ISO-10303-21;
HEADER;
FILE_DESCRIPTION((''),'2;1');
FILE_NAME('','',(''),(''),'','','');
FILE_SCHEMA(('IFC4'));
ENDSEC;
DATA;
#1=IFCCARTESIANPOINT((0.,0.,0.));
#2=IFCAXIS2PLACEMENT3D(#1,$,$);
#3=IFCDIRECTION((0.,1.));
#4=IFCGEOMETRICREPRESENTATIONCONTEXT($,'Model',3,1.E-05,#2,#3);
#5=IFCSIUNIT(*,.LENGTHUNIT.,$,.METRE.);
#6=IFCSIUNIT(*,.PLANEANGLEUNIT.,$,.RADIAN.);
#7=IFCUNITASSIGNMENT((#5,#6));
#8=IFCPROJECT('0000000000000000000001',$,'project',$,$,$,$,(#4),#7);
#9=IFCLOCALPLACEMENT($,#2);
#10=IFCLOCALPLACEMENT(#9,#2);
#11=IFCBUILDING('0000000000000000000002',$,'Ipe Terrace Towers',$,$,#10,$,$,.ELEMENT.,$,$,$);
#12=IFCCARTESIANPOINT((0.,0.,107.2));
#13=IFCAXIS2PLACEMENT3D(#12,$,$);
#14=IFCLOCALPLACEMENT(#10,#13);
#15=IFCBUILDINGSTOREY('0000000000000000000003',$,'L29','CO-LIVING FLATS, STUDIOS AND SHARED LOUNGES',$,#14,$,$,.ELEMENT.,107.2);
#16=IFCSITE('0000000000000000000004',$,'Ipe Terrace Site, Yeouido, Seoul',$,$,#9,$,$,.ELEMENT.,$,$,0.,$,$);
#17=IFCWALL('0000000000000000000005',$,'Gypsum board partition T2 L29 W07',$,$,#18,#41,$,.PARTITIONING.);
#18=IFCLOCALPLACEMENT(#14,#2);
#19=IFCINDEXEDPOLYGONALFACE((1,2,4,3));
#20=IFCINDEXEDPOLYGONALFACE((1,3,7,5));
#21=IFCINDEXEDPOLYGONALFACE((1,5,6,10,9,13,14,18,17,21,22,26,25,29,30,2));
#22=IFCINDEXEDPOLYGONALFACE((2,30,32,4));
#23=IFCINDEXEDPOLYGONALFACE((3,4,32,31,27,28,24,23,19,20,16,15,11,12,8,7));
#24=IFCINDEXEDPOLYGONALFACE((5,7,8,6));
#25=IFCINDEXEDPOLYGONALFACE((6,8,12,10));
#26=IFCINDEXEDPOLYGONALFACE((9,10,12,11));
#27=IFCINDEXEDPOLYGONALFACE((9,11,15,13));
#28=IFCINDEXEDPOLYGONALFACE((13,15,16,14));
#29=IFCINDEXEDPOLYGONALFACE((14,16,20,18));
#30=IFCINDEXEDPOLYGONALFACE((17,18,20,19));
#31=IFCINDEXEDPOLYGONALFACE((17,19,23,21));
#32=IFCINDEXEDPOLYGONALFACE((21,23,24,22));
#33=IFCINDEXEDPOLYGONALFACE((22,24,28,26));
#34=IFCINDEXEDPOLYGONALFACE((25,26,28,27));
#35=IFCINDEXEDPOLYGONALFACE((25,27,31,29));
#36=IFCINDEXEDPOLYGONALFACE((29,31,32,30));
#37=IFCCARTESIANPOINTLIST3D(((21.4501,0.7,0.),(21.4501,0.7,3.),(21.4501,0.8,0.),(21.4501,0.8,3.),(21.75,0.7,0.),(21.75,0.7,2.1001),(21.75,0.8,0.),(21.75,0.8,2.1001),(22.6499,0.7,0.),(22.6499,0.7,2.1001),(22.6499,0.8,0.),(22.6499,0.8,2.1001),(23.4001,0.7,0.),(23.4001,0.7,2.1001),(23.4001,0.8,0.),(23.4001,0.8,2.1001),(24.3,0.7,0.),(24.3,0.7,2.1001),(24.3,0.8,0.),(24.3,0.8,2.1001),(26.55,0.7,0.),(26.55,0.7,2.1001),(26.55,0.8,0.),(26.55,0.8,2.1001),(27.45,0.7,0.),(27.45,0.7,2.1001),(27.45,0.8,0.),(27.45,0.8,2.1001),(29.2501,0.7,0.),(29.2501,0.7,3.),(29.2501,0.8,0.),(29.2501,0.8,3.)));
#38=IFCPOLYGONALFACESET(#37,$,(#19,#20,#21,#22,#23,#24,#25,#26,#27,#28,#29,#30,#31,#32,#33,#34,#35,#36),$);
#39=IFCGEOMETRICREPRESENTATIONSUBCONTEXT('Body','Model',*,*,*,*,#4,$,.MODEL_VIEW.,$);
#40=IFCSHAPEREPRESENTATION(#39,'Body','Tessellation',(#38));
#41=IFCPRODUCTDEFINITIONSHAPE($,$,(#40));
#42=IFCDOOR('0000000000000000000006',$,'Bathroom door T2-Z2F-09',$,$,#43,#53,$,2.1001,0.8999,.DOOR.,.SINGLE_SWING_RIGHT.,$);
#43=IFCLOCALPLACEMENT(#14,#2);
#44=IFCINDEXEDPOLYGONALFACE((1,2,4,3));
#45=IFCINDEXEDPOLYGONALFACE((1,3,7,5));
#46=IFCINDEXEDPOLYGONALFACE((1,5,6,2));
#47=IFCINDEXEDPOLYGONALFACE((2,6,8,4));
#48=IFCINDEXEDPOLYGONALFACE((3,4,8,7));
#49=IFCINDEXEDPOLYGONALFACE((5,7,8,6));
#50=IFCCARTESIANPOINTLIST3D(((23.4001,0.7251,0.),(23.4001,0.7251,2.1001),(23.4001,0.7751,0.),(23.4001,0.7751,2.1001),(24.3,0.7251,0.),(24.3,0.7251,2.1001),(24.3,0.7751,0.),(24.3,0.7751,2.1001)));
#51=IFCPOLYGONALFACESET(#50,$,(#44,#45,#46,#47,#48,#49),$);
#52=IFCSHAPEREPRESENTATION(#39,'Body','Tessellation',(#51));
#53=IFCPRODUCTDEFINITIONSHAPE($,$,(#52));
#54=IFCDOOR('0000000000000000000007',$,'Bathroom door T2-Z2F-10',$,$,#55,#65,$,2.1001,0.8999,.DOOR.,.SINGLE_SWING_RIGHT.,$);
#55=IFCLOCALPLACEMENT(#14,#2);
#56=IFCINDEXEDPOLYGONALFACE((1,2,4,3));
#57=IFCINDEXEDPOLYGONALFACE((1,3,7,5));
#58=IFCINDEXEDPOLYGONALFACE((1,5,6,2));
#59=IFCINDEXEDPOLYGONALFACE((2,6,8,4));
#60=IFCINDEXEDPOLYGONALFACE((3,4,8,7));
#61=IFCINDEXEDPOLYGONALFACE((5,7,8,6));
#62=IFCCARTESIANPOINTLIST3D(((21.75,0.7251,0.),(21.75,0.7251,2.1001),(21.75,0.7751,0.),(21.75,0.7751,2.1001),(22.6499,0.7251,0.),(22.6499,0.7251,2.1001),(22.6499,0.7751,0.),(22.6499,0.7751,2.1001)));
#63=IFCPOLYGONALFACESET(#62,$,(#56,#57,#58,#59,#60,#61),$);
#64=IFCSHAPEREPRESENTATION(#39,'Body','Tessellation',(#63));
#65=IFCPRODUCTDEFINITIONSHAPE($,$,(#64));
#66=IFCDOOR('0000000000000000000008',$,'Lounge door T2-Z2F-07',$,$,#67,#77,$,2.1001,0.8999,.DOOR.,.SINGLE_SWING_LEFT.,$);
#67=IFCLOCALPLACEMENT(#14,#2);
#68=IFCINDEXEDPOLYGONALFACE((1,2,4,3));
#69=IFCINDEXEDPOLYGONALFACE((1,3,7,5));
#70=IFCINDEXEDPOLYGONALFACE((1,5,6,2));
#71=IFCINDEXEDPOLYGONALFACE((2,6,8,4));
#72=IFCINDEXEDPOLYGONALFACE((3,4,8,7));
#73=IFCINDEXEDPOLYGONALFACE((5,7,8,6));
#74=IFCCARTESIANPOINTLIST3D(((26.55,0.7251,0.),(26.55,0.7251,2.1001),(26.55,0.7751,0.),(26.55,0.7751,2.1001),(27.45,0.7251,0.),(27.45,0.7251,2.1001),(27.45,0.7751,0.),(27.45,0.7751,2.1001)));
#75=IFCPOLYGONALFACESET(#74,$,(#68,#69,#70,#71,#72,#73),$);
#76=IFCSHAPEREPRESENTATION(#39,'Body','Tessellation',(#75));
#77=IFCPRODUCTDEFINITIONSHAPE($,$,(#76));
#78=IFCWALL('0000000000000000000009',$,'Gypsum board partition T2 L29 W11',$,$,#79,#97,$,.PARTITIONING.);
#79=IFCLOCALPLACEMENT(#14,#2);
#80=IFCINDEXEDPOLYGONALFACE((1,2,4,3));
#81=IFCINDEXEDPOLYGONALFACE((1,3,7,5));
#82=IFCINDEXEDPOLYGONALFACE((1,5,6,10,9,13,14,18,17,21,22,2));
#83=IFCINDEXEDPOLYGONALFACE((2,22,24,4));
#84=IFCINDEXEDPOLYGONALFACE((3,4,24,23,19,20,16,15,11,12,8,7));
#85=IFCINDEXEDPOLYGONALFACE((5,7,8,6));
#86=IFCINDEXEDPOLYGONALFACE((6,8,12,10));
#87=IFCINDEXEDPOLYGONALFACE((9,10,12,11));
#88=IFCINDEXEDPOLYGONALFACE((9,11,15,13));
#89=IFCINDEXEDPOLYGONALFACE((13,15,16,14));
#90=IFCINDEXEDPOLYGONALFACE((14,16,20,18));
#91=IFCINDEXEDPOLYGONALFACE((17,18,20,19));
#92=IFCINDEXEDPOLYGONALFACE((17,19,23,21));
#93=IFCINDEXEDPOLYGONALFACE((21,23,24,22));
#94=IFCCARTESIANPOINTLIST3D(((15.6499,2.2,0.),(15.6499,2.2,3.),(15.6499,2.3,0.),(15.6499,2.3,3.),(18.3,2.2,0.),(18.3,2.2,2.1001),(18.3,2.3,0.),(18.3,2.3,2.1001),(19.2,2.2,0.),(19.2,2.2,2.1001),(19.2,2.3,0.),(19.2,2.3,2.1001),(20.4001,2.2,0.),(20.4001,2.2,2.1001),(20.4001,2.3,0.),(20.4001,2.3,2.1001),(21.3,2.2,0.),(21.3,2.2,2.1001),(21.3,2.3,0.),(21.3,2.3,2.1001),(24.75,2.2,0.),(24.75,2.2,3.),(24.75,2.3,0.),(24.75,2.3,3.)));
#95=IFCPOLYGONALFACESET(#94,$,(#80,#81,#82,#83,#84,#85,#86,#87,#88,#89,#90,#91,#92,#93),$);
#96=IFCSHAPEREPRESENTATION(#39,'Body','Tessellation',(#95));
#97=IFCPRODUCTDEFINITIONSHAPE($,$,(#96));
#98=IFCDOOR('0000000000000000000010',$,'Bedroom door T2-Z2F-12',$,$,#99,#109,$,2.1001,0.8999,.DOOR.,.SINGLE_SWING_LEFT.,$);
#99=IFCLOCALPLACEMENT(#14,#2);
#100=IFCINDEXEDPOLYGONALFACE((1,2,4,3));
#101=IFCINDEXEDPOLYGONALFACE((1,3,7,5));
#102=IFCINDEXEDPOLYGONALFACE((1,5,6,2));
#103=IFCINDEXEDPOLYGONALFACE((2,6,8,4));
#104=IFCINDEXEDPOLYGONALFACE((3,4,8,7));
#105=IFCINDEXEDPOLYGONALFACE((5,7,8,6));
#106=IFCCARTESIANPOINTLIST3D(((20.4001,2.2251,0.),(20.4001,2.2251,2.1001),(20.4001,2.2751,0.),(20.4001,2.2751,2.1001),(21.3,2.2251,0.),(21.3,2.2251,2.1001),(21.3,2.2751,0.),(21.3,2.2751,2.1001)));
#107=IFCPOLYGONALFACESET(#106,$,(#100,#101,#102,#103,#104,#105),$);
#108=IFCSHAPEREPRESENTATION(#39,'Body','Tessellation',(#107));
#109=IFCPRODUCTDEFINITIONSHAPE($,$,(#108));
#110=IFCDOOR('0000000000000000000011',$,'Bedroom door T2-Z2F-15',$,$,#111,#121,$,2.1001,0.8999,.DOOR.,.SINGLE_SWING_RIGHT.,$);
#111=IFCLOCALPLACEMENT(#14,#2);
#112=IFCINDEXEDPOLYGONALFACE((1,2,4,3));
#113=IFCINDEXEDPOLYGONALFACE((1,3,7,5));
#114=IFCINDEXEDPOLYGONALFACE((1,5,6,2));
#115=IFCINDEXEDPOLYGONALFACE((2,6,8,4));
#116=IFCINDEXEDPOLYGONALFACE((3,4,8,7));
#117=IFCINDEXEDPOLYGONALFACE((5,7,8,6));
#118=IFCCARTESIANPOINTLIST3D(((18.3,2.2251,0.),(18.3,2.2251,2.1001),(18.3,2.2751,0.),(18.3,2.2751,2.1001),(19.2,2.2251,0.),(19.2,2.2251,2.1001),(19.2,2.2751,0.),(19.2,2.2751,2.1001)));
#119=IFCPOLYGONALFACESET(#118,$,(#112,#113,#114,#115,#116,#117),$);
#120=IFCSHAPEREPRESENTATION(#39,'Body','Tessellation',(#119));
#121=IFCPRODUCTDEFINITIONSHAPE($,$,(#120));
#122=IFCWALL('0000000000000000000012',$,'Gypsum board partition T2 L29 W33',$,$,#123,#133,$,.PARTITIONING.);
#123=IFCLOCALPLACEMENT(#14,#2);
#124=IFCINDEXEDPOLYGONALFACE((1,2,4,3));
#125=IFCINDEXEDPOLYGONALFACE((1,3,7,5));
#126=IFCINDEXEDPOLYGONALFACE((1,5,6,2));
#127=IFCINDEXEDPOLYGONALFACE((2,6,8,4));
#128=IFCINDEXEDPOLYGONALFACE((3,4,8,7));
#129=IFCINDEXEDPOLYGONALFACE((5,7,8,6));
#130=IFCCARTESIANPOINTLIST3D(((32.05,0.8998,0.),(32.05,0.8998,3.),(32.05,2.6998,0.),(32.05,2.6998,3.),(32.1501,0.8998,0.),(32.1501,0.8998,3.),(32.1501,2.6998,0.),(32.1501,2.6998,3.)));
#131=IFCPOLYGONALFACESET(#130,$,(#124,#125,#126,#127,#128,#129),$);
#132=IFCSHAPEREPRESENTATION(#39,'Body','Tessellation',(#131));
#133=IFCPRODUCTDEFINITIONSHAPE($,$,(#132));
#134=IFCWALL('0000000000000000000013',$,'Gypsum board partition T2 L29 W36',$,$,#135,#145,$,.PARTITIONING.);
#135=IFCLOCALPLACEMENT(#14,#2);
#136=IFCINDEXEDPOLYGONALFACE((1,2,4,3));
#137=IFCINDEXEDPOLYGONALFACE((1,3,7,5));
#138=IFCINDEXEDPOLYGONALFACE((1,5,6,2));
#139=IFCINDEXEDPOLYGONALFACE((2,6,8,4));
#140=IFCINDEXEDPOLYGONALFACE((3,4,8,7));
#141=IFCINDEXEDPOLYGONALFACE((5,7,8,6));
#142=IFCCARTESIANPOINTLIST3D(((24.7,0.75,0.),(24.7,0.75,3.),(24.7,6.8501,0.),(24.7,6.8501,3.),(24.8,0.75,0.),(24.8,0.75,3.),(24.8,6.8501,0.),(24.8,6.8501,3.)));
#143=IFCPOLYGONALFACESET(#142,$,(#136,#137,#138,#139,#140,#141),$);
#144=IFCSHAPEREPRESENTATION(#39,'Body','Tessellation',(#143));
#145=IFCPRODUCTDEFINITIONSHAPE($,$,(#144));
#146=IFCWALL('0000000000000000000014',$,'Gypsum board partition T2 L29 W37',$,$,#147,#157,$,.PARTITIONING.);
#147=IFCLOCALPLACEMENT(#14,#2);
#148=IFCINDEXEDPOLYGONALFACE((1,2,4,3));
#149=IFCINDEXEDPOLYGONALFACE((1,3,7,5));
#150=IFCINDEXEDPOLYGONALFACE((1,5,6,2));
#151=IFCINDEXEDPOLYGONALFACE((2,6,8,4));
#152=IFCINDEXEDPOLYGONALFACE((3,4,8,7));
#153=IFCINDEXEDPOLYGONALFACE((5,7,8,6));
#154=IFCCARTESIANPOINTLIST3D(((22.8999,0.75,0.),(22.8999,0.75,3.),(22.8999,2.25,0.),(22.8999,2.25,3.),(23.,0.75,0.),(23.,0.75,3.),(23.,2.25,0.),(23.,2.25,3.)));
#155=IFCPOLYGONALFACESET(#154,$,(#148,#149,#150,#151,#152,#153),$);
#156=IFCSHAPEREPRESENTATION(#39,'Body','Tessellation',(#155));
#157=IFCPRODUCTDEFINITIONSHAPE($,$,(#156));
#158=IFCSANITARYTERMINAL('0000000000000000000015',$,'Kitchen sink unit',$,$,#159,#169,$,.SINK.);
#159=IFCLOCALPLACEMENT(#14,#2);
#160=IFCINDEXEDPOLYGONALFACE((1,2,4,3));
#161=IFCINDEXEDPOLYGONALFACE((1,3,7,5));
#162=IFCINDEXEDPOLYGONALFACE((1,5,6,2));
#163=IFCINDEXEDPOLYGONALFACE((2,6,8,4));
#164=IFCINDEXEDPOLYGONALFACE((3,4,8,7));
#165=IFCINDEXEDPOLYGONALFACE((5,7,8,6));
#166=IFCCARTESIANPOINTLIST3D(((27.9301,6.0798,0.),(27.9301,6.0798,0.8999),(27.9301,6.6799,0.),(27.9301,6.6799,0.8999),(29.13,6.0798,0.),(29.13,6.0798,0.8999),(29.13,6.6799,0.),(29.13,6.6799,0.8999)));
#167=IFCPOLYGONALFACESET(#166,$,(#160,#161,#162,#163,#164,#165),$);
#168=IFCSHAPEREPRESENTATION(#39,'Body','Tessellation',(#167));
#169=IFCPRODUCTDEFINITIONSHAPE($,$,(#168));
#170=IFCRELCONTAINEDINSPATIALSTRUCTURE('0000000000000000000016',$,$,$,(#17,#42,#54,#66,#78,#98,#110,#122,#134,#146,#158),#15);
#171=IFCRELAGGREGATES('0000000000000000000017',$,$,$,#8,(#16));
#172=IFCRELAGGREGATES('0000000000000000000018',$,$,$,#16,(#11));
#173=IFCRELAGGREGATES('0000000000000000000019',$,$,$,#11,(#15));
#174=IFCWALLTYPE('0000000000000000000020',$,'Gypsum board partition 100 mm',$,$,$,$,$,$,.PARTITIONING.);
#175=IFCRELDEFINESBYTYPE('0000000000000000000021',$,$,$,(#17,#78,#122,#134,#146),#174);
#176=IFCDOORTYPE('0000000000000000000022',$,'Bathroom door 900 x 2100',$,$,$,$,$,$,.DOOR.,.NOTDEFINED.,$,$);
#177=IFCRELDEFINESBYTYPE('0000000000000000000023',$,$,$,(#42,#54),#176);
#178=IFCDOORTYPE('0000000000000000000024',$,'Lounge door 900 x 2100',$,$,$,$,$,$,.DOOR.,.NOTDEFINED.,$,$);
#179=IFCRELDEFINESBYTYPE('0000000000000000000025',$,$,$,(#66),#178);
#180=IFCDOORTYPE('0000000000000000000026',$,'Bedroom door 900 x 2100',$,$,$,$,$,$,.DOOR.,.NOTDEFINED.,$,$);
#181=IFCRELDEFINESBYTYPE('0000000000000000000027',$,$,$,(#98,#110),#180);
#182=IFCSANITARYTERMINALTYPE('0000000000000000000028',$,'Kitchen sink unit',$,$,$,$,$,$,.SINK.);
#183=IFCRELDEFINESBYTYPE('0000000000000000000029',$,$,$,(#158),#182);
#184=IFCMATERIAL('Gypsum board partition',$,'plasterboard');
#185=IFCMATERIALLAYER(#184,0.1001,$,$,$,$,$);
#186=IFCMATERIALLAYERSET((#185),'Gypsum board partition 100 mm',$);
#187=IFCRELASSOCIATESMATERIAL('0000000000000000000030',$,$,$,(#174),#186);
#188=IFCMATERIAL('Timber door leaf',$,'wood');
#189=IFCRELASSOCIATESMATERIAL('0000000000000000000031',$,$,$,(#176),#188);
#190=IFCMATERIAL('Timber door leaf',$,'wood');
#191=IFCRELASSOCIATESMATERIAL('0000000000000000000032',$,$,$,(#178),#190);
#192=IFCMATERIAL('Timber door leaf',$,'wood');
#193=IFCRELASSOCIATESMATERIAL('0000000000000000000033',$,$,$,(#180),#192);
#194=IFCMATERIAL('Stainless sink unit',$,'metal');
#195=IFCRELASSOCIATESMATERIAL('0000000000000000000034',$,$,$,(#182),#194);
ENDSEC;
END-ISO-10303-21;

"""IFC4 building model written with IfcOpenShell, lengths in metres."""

from ifc_helpers import new_model, si_unit, direction, frame, frame_2d, origin, origin_2d, place, context, subcontext, project, spatial, rectangle, extrude, material, layer, layer_set, type_object, element, fill, save


model = new_model("IFC4")

# Units and contexts
model_context = context("Model", 3, precision=1e-05, world=origin(), true_north=direction((0.0, 1.0)))
body_context = subcontext(model_context, "Body", "Model", "MODEL_VIEW")
ifc_project = project(units=[si_unit("LENGTHUNIT", "METRE"), si_unit("PLANEANGLEUNIT", "RADIAN")], contexts=[model_context])

# Site, building, storey
site_placement = place(None, origin())
site = spatial("IfcSite", under=ifc_project, at=site_placement, Name="Ipe Terrace Site, Yeouido, Seoul", CompositionType="ELEMENT", RefElevation=0.0)
building_placement = place(site_placement, origin())
building = spatial("IfcBuilding", under=site, at=building_placement, Name="Ipe Terrace Towers", CompositionType="ELEMENT")
storey_placement = place(building_placement, frame((0.0, 0.0, 107.2)))
storey = spatial("IfcBuildingStorey", under=building, at=storey_placement, Name="L29", Description="CO-LIVING FLATS, STUDIOS AND SHARED LOUNGES", CompositionType="ELEMENT", Elevation=107.2)

# Walls, openings, doors
ifc_material_1 = material(Name="Gypsum board partition", Category="plasterboard")
ifc_layer_1 = layer(ifc_material_1, 0.1001)
ifc_layer_set_1 = layer_set([ifc_layer_1], Name="Gypsum board partition 100 mm")
wall_type = type_object("IfcWallType", Name="Gypsum board partition 100 mm", PredefinedType="PARTITIONING", material=ifc_layer_set_1)
wall_1_placement = place(storey_placement, frame((29.25, 0.75, 0.0), z_axis=(0.0, 0.0, 1.0), x_axis=(-1.0, 0.0, 0.0)))
wall_1 = element("IfcWall", 1, at=wall_1_placement, inside=storey, type_object=wall_type, Name="Gypsum board partition T2 L29 W07", PredefinedType="PARTITIONING", context=body_context, shape_type="SweptSolid", body=[
    extrude(rectangle(XDim=7.8, YDim=0.1001, at=frame_2d((3.8999, 0.0))), origin(), (0.0, 0.0, 1.0), 3.0),
])
opening_1_placement = place(wall_1_placement, frame((1.8, 0.0, 0.0)))
opening_1 = element("IfcOpeningElement", 2, at=opening_1_placement, cuts=wall_1, PredefinedType="OPENING", context=body_context, shape_type="SweptSolid", body=[
    extrude(rectangle(XDim=0.8999, YDim=2.1001, at=frame_2d((0.45, 1.05))), frame((0.0, 0.0601, 0.0), z_axis=(0.0, -1.0, 0.0), x_axis=(1.0, 0.0, 0.0)), (0.0, 0.0, 1.0), 0.1201),
])
opening_2_placement = place(wall_1_placement, frame((4.95, 0.0, 0.0)))
opening_2 = element("IfcOpeningElement", 3, at=opening_2_placement, cuts=wall_1, PredefinedType="OPENING", context=body_context, shape_type="SweptSolid", body=[
    extrude(rectangle(XDim=0.8999, YDim=2.1001, at=frame_2d((0.45, 1.05))), frame((0.0, 0.0601, 0.0), z_axis=(0.0, -1.0, 0.0), x_axis=(1.0, 0.0, 0.0)), (0.0, 0.0, 1.0), 0.1201),
])
opening_3_placement = place(wall_1_placement, frame((6.6001, 0.0, 0.0)))
opening_3 = element("IfcOpeningElement", 4, at=opening_3_placement, cuts=wall_1, PredefinedType="OPENING", context=body_context, shape_type="SweptSolid", body=[
    extrude(rectangle(XDim=0.8999, YDim=2.1001, at=frame_2d((0.45, 1.05))), frame((0.0, 0.0601, 0.0), z_axis=(0.0, -1.0, 0.0), x_axis=(1.0, 0.0, 0.0)), (0.0, 0.0, 1.0), 0.1201),
])
ifc_material_2 = material(Name="Timber door leaf", Category="wood")
door_type_1 = type_object("IfcDoorType", Name="Bathroom door 900 x 2100", OperationType="NOTDEFINED", PredefinedType="DOOR", material=ifc_material_2)
door_1_placement = place(opening_2_placement, origin())
door_1 = element("IfcDoor", 5, at=door_1_placement, inside=storey, type_object=door_type_1, Name="Bathroom door T2-Z2F-09", OperationType="SINGLE_SWING_RIGHT", OverallHeight=2.1001, OverallWidth=0.8999, PredefinedType="DOOR", context=body_context, shape_type="SweptSolid", body=[
    extrude(rectangle(XDim=0.8999, YDim=2.1001, at=frame_2d((0.45, 1.05))), frame((0.0, 0.0249, 0.0), z_axis=(0.0, -1.0, 0.0), x_axis=(1.0, 0.0, 0.0)), (0.0, 0.0, 1.0), 0.05),
])
fill(opening_2, door_1)
door_2_placement = place(opening_3_placement, origin())
door_2 = element("IfcDoor", 6, at=door_2_placement, inside=storey, type_object=door_type_1, Name="Bathroom door T2-Z2F-10", OperationType="SINGLE_SWING_RIGHT", OverallHeight=2.1001, OverallWidth=0.8999, PredefinedType="DOOR", context=body_context, shape_type="SweptSolid", body=[
    extrude(rectangle(XDim=0.8999, YDim=2.1001, at=frame_2d((0.45, 1.05))), frame((0.0, 0.0249, 0.0), z_axis=(0.0, -1.0, 0.0), x_axis=(1.0, 0.0, 0.0)), (0.0, 0.0, 1.0), 0.05),
])
fill(opening_3, door_2)
ifc_material_3 = material(Name="Timber door leaf", Category="wood")
door_type_2 = type_object("IfcDoorType", Name="Lounge door 900 x 2100", OperationType="NOTDEFINED", PredefinedType="DOOR", material=ifc_material_3)
door_3_placement = place(opening_1_placement, origin())
door_3 = element("IfcDoor", 7, at=door_3_placement, inside=storey, type_object=door_type_2, Name="Lounge door T2-Z2F-07", OperationType="SINGLE_SWING_LEFT", OverallHeight=2.1001, OverallWidth=0.8999, PredefinedType="DOOR", context=body_context, shape_type="SweptSolid", body=[
    extrude(rectangle(XDim=0.8999, YDim=2.1001, at=frame_2d((0.45, 1.05))), frame((0.0, 0.0249, 0.0), z_axis=(0.0, -1.0, 0.0), x_axis=(1.0, 0.0, 0.0)), (0.0, 0.0, 1.0), 0.05),
])
fill(opening_1, door_3)
wall_2_placement = place(storey_placement, frame((24.75, 2.25, 0.0), z_axis=(0.0, 0.0, 1.0), x_axis=(-1.0, 0.0, 0.0)))
wall_2 = element("IfcWall", 8, at=wall_2_placement, inside=storey, type_object=wall_type, Name="Gypsum board partition T2 L29 W11", PredefinedType="PARTITIONING", context=body_context, shape_type="SweptSolid", body=[
    extrude(rectangle(XDim=9.1001, YDim=0.1001, at=frame_2d((4.55, 0.0))), origin(), (0.0, 0.0, 1.0), 3.0),
])
opening_4_placement = place(wall_2_placement, frame((3.45, 0.0, 0.0)))
opening_4 = element("IfcOpeningElement", 9, at=opening_4_placement, cuts=wall_2, PredefinedType="OPENING", context=body_context, shape_type="SweptSolid", body=[
    extrude(rectangle(XDim=0.8999, YDim=2.1001, at=frame_2d((0.45, 1.05))), frame((0.0, 0.0601, 0.0), z_axis=(0.0, -1.0, 0.0), x_axis=(1.0, 0.0, 0.0)), (0.0, 0.0, 1.0), 0.1201),
])
opening_5_placement = place(wall_2_placement, frame((5.55, 0.0, 0.0)))
opening_5 = element("IfcOpeningElement", 10, at=opening_5_placement, cuts=wall_2, PredefinedType="OPENING", context=body_context, shape_type="SweptSolid", body=[
    extrude(rectangle(XDim=0.8999, YDim=2.1001, at=frame_2d((0.45, 1.05))), frame((0.0, 0.0601, 0.0), z_axis=(0.0, -1.0, 0.0), x_axis=(1.0, 0.0, 0.0)), (0.0, 0.0, 1.0), 0.1201),
])
ifc_material_4 = material(Name="Timber door leaf", Category="wood")
door_type_3 = type_object("IfcDoorType", Name="Bedroom door 900 x 2100", OperationType="NOTDEFINED", PredefinedType="DOOR", material=ifc_material_4)
door_4_placement = place(opening_4_placement, origin())
door_4 = element("IfcDoor", 11, at=door_4_placement, inside=storey, type_object=door_type_3, Name="Bedroom door T2-Z2F-12", OperationType="SINGLE_SWING_LEFT", OverallHeight=2.1001, OverallWidth=0.8999, PredefinedType="DOOR", context=body_context, shape_type="SweptSolid", body=[
    extrude(rectangle(XDim=0.8999, YDim=2.1001, at=frame_2d((0.45, 1.05))), frame((0.0, 0.0249, 0.0), z_axis=(0.0, -1.0, 0.0), x_axis=(1.0, 0.0, 0.0)), (0.0, 0.0, 1.0), 0.05),
])
fill(opening_4, door_4)
door_5_placement = place(opening_5_placement, origin())
door_5 = element("IfcDoor", 12, at=door_5_placement, inside=storey, type_object=door_type_3, Name="Bedroom door T2-Z2F-15", OperationType="SINGLE_SWING_RIGHT", OverallHeight=2.1001, OverallWidth=0.8999, PredefinedType="DOOR", context=body_context, shape_type="SweptSolid", body=[
    extrude(rectangle(XDim=0.8999, YDim=2.1001, at=frame_2d((0.45, 1.05))), frame((0.0, 0.0249, 0.0), z_axis=(0.0, -1.0, 0.0), x_axis=(1.0, 0.0, 0.0)), (0.0, 0.0, 1.0), 0.05),
])
fill(opening_5, door_5)

# Walls
wall_3_placement = place(storey_placement, frame((32.1001, 0.8999, 0.0), z_axis=(0.0, 0.0, 1.0), x_axis=(0.0, 1.0, 0.0)))
element("IfcWall", 13, at=wall_3_placement, inside=storey, type_object=wall_type, Name="Gypsum board partition T2 L29 W33", PredefinedType="PARTITIONING", context=body_context, shape_type="SweptSolid", body=[
    extrude(rectangle(XDim=1.8, YDim=0.1001, at=frame_2d((0.8999, 0.0))), origin(), (0.0, 0.0, 1.0), 3.0),
])
wall_4_placement = place(storey_placement, frame((24.75, 0.75, 0.0), z_axis=(0.0, 0.0, 1.0), x_axis=(0.0, 1.0, 0.0)))
element("IfcWall", 14, at=wall_4_placement, inside=storey, type_object=wall_type, Name="Gypsum board partition T2 L29 W36", PredefinedType="PARTITIONING", context=body_context, shape_type="SweptSolid", body=[
    extrude(rectangle(XDim=6.1001, YDim=0.1001, at=frame_2d((3.05, 0.0))), origin(), (0.0, 0.0, 1.0), 3.0),
])
wall_5_placement = place(storey_placement, frame((22.95, 0.75, 0.0), z_axis=(0.0, 0.0, 1.0), x_axis=(0.0, 1.0, 0.0)))
element("IfcWall", 15, at=wall_5_placement, inside=storey, type_object=wall_type, Name="Gypsum board partition T2 L29 W37", PredefinedType="PARTITIONING", context=body_context, shape_type="SweptSolid", body=[
    extrude(rectangle(XDim=1.5, YDim=0.1001, at=frame_2d((0.75, 0.0))), origin(), (0.0, 0.0, 1.0), 3.0),
])

# Sanitary terminal
ifc_material_5 = material(Name="Stainless sink unit", Category="metal")
sanitary_terminal_type_1 = type_object("IfcSanitaryTerminalType", Name="Kitchen sink unit", PredefinedType="SINK", material=ifc_material_5)
sanitary_terminal_1_placement = place(storey_placement, frame((28.53, 6.3799, 0.0), z_axis=(0.0, 0.0, 1.0), x_axis=(1.0, 0.0, 0.0)))
element("IfcSanitaryTerminal", 16, at=sanitary_terminal_1_placement, inside=storey, type_object=sanitary_terminal_type_1, Name="Kitchen sink unit", PredefinedType="SINK", context=body_context, shape_type="SweptSolid", body=[
    extrude(rectangle(XDim=1.2, YDim=0.6001, at=origin_2d()), origin(), (0.0, 0.0, 1.0), 0.8999),
])

save(model, "model.ifc")
